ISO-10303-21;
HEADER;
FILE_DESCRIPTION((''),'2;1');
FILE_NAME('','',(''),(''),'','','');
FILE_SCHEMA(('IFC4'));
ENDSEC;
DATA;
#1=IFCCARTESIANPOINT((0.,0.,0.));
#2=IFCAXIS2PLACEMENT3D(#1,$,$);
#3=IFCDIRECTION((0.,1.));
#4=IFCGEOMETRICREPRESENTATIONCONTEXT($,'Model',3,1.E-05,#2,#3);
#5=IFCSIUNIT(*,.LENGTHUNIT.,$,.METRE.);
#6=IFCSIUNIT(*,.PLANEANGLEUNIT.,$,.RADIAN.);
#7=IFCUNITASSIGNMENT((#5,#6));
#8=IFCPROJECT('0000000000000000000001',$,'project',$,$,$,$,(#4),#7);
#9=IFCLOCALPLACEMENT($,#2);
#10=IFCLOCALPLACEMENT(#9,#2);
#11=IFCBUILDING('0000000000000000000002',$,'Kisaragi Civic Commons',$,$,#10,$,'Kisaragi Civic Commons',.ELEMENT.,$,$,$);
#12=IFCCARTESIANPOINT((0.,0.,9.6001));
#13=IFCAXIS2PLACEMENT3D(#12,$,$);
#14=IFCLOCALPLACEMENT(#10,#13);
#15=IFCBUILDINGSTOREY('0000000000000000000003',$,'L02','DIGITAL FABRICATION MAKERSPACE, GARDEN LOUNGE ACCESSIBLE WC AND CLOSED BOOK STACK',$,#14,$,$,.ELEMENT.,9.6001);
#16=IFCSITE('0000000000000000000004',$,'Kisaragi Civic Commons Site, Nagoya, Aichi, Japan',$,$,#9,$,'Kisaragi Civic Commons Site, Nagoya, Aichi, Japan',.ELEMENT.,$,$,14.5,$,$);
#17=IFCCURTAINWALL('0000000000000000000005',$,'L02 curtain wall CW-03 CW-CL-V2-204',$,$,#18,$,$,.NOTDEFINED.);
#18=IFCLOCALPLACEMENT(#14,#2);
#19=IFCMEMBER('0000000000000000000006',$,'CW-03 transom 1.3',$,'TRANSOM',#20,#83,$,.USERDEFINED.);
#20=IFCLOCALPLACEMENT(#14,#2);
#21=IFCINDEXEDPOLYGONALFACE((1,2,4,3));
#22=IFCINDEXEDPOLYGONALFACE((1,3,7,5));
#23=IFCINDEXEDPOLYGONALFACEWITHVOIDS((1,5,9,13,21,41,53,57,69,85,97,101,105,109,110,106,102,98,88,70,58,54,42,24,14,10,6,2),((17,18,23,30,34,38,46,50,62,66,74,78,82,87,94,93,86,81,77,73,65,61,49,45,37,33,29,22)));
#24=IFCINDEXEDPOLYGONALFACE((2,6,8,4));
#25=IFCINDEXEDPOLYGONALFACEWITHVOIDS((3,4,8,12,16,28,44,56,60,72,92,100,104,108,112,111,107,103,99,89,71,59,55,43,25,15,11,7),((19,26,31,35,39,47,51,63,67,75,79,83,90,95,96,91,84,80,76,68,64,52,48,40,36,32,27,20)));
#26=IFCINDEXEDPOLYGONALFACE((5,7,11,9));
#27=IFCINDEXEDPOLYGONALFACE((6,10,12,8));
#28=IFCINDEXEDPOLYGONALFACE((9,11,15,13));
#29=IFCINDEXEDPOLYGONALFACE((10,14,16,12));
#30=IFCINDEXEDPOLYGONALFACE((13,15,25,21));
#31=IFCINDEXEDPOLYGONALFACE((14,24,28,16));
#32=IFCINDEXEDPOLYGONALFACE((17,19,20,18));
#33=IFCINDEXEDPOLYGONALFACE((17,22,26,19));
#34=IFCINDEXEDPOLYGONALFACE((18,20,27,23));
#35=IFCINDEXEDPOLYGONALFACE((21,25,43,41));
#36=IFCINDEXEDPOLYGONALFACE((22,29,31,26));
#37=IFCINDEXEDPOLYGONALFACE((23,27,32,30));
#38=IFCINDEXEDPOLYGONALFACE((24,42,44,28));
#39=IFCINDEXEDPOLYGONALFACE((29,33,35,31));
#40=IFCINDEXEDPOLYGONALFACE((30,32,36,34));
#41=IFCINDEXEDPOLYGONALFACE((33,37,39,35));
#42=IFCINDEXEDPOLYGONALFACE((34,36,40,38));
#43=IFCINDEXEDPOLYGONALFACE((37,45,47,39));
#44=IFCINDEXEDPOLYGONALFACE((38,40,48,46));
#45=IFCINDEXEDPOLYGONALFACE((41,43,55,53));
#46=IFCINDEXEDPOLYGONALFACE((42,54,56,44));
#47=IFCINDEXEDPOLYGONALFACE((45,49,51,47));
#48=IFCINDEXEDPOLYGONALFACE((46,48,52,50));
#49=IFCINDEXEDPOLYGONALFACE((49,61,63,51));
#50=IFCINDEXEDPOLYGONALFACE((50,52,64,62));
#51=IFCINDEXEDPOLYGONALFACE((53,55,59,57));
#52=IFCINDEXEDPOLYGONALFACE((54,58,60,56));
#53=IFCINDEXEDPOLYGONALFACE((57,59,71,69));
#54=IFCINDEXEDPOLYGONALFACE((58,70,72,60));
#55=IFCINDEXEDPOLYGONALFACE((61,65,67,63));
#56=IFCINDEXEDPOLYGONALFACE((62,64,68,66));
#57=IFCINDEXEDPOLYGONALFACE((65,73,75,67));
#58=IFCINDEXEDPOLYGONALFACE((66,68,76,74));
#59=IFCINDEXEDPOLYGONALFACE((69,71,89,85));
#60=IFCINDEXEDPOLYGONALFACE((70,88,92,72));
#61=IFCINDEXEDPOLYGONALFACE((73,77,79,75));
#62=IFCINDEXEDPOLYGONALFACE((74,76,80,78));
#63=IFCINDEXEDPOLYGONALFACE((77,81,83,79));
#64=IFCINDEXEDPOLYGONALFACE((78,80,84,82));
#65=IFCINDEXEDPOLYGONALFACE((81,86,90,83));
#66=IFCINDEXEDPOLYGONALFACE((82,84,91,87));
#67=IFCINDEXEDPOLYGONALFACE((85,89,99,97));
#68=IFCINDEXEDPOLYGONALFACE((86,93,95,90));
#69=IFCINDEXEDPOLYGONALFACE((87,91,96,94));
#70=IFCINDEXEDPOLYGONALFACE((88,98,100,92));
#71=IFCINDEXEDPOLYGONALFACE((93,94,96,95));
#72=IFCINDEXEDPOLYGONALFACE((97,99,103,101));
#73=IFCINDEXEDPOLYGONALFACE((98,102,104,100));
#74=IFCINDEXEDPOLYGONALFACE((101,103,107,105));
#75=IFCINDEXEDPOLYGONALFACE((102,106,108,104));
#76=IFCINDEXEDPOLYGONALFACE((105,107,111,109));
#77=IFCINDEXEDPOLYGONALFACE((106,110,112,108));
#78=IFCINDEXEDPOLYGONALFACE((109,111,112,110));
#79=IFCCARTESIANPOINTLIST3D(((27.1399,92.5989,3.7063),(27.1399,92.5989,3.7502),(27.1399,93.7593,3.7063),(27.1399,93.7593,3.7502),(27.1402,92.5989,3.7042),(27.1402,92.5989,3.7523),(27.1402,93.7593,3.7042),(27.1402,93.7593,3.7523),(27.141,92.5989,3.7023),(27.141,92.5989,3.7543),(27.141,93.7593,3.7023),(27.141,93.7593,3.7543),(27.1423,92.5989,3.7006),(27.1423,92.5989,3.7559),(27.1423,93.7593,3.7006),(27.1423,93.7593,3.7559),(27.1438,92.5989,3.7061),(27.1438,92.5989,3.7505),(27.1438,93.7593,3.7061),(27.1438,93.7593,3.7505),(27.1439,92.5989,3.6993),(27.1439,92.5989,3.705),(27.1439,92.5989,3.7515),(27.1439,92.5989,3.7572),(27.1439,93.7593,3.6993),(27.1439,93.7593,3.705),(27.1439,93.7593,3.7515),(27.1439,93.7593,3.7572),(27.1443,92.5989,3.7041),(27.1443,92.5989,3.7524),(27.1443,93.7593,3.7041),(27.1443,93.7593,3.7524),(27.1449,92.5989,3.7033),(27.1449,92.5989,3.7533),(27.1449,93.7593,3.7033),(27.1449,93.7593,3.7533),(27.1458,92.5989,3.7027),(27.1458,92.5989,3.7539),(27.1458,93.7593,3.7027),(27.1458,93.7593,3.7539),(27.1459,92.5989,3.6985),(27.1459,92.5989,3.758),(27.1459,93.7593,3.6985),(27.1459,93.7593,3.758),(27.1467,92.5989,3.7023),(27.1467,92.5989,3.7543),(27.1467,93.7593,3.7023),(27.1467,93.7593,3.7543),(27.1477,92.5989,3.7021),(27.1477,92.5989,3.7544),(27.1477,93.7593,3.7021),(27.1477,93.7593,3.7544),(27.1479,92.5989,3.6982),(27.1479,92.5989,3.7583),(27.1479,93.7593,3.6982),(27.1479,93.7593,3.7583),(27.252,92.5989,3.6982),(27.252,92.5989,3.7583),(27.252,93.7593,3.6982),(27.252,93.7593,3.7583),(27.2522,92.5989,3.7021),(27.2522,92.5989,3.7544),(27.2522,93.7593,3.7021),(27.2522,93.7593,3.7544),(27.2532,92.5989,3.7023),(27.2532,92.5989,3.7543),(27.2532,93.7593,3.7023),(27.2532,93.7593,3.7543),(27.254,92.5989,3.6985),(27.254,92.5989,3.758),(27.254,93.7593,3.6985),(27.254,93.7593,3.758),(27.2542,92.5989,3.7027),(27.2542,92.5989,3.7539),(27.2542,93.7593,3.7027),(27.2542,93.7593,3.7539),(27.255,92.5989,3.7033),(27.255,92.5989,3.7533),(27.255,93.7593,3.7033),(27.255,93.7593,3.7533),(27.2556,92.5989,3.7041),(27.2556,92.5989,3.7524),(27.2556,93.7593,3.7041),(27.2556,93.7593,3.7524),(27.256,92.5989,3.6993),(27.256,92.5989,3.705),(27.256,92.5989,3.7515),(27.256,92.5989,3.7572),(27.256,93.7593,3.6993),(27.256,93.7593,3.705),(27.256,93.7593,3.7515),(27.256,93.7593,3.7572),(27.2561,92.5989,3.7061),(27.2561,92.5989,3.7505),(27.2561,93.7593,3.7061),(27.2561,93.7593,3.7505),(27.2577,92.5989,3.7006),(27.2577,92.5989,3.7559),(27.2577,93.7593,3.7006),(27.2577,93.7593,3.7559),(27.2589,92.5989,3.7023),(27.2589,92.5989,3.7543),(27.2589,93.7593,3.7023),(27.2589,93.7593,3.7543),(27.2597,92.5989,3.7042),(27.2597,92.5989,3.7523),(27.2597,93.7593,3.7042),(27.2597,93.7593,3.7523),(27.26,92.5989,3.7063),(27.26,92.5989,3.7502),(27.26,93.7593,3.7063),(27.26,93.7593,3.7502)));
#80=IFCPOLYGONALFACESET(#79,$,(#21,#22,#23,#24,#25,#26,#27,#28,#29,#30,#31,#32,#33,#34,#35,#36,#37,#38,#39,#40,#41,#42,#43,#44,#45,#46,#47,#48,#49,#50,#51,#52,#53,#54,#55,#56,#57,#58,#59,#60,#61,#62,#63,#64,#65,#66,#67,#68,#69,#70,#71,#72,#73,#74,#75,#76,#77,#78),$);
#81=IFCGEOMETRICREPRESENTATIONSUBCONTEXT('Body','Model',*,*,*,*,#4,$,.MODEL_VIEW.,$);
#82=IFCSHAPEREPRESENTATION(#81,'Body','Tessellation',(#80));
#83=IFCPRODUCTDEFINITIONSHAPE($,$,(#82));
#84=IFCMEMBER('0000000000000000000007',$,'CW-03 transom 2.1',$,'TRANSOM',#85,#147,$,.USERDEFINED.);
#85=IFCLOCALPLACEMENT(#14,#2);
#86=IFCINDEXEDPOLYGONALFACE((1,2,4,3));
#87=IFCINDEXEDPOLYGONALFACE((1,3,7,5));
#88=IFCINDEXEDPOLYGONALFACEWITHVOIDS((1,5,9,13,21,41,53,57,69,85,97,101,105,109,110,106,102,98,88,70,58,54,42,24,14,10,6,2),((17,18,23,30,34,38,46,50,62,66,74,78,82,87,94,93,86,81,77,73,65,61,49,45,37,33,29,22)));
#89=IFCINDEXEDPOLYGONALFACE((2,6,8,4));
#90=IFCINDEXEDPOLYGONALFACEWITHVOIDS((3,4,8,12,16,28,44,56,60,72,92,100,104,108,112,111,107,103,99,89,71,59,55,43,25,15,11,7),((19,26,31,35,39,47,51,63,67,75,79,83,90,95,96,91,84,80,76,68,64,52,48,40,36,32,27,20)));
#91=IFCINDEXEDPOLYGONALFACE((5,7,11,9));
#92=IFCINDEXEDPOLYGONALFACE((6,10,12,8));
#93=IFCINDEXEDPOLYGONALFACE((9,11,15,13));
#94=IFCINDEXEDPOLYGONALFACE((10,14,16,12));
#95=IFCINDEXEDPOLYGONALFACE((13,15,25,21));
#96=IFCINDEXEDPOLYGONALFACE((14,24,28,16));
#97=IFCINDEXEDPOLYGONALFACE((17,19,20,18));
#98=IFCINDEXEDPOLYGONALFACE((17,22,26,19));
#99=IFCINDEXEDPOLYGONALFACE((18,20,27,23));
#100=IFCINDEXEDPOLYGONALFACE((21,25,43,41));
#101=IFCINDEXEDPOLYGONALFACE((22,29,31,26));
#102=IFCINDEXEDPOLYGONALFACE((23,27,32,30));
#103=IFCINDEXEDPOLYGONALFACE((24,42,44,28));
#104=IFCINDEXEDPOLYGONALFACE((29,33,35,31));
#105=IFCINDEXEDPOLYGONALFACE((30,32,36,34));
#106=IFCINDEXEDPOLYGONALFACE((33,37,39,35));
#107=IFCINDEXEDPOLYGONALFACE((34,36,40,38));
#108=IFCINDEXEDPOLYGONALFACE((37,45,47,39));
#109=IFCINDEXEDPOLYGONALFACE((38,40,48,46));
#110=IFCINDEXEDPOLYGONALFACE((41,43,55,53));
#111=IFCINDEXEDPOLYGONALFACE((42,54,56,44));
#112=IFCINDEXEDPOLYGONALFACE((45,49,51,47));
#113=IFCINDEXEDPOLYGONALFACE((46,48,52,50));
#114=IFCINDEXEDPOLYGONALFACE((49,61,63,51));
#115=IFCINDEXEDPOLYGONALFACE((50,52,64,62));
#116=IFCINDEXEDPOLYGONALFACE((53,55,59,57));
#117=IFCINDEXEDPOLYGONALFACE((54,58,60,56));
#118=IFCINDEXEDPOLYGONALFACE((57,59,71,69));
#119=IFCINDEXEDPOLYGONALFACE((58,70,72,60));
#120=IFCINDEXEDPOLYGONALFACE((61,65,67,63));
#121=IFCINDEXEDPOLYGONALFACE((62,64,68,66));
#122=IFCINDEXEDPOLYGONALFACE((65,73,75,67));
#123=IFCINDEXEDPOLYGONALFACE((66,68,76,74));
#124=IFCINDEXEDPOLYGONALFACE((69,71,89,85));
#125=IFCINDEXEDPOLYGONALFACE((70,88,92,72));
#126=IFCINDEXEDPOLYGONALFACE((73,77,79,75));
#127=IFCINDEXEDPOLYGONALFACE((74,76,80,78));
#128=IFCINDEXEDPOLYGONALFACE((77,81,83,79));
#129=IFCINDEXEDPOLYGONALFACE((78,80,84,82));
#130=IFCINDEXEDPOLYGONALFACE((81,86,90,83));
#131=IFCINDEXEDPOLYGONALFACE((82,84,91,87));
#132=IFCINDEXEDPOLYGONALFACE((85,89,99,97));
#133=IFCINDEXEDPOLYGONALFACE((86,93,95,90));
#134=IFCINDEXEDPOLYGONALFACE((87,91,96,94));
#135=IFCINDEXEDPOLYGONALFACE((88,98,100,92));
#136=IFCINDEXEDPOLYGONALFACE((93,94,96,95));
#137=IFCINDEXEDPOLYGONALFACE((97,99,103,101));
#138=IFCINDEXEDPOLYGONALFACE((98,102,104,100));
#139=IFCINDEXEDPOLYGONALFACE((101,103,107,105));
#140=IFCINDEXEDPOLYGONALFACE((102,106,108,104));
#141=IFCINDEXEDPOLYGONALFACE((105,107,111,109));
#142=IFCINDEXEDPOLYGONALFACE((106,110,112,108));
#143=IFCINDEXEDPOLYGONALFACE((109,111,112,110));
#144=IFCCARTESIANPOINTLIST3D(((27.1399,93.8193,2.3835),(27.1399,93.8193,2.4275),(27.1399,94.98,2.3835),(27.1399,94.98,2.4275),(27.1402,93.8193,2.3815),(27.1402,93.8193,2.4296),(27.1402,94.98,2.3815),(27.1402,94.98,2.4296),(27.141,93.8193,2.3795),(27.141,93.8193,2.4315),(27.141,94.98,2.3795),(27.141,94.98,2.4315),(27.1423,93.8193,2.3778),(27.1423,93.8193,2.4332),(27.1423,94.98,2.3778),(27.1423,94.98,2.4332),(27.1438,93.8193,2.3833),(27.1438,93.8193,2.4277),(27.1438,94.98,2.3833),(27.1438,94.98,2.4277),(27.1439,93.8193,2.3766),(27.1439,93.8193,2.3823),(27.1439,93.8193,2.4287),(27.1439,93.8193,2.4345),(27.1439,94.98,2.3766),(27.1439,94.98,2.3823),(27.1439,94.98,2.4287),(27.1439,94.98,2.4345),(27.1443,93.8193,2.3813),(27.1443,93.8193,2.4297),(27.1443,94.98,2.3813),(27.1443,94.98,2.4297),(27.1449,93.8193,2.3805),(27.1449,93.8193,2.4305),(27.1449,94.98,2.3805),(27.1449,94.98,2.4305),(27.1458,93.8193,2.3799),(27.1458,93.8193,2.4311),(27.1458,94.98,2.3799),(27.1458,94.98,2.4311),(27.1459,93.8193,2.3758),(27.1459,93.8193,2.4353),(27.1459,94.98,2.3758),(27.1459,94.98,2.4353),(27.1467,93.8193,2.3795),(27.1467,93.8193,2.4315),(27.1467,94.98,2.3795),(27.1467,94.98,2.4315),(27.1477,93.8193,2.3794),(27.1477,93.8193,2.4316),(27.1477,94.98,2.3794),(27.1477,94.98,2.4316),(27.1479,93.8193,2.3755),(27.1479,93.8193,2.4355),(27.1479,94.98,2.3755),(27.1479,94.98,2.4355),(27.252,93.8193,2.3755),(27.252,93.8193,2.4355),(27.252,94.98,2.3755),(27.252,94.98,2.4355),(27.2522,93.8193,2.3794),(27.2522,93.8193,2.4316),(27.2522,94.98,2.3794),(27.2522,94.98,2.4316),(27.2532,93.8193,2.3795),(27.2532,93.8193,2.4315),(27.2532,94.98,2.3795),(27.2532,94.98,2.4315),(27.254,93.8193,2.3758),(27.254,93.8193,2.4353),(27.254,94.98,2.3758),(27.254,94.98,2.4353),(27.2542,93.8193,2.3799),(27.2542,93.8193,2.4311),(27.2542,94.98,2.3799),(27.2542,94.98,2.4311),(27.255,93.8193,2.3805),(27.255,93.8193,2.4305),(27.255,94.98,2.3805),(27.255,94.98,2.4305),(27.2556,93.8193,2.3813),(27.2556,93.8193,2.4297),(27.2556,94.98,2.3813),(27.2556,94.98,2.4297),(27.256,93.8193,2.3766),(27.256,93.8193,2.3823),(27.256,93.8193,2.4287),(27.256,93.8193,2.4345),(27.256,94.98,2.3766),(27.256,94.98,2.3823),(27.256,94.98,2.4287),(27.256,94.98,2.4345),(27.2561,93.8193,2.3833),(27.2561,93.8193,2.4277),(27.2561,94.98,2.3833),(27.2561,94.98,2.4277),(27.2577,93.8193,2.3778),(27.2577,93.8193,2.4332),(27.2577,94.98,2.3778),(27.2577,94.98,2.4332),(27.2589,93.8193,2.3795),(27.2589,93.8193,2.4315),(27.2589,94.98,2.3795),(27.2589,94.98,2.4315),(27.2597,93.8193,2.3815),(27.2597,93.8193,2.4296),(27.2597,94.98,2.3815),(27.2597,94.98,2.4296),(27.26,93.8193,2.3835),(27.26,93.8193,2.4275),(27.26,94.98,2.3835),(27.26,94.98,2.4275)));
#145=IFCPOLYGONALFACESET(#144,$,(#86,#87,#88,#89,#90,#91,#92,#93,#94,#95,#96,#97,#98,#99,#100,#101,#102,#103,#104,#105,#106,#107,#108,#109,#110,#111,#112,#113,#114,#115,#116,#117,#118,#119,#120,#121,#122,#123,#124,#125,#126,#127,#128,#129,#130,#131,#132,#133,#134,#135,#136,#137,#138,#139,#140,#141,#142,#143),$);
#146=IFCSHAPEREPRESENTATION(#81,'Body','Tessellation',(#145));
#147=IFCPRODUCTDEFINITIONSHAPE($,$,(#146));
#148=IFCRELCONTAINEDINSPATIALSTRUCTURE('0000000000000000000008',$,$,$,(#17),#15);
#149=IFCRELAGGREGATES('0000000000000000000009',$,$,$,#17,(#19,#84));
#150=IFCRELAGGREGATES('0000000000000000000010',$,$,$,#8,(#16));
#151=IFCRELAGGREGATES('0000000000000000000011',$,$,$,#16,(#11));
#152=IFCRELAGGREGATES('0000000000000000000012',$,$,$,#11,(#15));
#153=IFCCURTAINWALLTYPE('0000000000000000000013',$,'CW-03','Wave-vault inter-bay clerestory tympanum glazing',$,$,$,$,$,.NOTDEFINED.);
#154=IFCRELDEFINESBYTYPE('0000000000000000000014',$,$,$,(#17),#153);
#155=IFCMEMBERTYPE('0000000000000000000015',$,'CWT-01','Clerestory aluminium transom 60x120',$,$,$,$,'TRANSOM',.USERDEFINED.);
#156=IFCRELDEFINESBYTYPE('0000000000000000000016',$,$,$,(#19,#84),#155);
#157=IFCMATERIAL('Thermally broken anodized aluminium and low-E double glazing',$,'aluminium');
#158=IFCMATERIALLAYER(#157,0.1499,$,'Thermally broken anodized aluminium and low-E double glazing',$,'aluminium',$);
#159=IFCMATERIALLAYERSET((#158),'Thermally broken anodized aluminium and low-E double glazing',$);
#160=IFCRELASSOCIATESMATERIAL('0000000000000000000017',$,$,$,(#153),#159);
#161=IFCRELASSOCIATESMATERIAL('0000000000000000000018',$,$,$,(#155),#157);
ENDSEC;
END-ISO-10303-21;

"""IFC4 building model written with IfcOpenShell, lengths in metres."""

from ifc_helpers import new_model, si_unit, direction, frame, origin, origin_2d, place, context, subcontext, project, spatial, hollow_rectangle, extrude, material, layer, layer_set, material_profile, profile_set, type_object, element, aggregate, save


model = new_model("IFC4")

# Units and contexts
model_context = context("Model", 3, precision=1e-05, world=origin(), true_north=direction((0.0, 1.0)))
body_context = subcontext(model_context, "Body", "Model", "MODEL_VIEW")
ifc_project = project(units=[si_unit("LENGTHUNIT", "METRE"), si_unit("PLANEANGLEUNIT", "RADIAN")], contexts=[model_context])

# Site, building, storey
site_placement = place(None, origin())
site = spatial("IfcSite", under=ifc_project, at=site_placement, Name="Kisaragi Civic Commons Site, Nagoya, Aichi, Japan", LongName="Kisaragi Civic Commons Site, Nagoya, Aichi, Japan", CompositionType="ELEMENT", RefElevation=14.5)
building_placement = place(site_placement, origin())
building = spatial("IfcBuilding", under=site, at=building_placement, Name="Kisaragi Civic Commons", LongName="Kisaragi Civic Commons", CompositionType="ELEMENT")
storey_placement = place(building_placement, frame((0.0, 0.0, 9.6001)))
storey = spatial("IfcBuildingStorey", under=building, at=storey_placement, Name="L02", Description="DIGITAL FABRICATION MAKERSPACE, GARDEN LOUNGE ACCESSIBLE WC AND CLOSED BOOK STACK", CompositionType="ELEMENT", Elevation=9.6001)

# Shared definitions
ifc_material_1 = material(Name="Thermally broken anodized aluminium and low-E double glazing", Category="aluminium")
ifc_layer_1 = layer(ifc_material_1, 0.1499, Name="Thermally broken anodized aluminium and low-E double glazing", Category="aluminium")
ifc_layer_set_1 = layer_set([ifc_layer_1], Name="Thermally broken anodized aluminium and low-E double glazing")
curtain_wall_type = type_object("IfcCurtainWallType", Name="CW-03", Description="Wave-vault inter-bay clerestory tympanum glazing", PredefinedType="NOTDEFINED", material=ifc_layer_set_1)

# Curtain wall
curtain_wall_1_placement = place(storey_placement, origin())
curtain_wall_1 = element("IfcCurtainWall", 1, at=curtain_wall_1_placement, inside=storey, type_object=curtain_wall_type, Name="L02 curtain wall CW-03 CW-CL-V2-204", PredefinedType="NOTDEFINED")

# Members
ifc_material_profile_1 = material_profile(ifc_material_1, hollow_rectangle(XDim=0.1201, YDim=0.0601, WallThickness=0.0039, InnerFilletRadius=0.0039, OuterFilletRadius=0.0081, at=origin_2d()), Name="CWT-60x120x4", Category="aluminium")
ifc_profile_set_1 = profile_set([ifc_material_profile_1], Name="Thermally broken anodized aluminium and low-E double glazing")
member_type_1 = type_object("IfcMemberType", Name="CWT-01", Description="Clerestory aluminium transom 60x120", ElementType="TRANSOM", PredefinedType="USERDEFINED", material=ifc_profile_set_1)
member_1_placement = place(storey_placement, frame((27.2, 92.5989, 3.7283), z_axis=(0.0, 1.0, 0.0), x_axis=(-1.0, 0.0, 0.0)))
member_1 = element("IfcMember", 2, at=member_1_placement, type_object=member_type_1, Name="CW-03 transom 1.3", ObjectType="TRANSOM", PredefinedType="USERDEFINED", context=body_context, shape_type="SweptSolid", body=[
    extrude(hollow_rectangle(XDim=0.1201, YDim=0.0601, WallThickness=0.0039, InnerFilletRadius=0.0039, OuterFilletRadius=0.0081, at=origin_2d()), origin(), (0.0, 0.0, 1.0), 1.1604),
])
member_2_placement = place(storey_placement, frame((27.2, 93.8193, 2.4055), z_axis=(0.0, 1.0, 0.0), x_axis=(-1.0, 0.0, 0.0)))
member_2 = element("IfcMember", 3, at=member_2_placement, type_object=member_type_1, Name="CW-03 transom 2.1", ObjectType="TRANSOM", PredefinedType="USERDEFINED", context=body_context, shape_type="SweptSolid", body=[
    extrude(hollow_rectangle(XDim=0.1201, YDim=0.0601, WallThickness=0.0039, InnerFilletRadius=0.0039, OuterFilletRadius=0.0081, at=origin_2d()), origin(), (0.0, 0.0, 1.0), 1.1606),
])

aggregate(curtain_wall_1, [member_1, member_2])

save(model, "model.ifc")
